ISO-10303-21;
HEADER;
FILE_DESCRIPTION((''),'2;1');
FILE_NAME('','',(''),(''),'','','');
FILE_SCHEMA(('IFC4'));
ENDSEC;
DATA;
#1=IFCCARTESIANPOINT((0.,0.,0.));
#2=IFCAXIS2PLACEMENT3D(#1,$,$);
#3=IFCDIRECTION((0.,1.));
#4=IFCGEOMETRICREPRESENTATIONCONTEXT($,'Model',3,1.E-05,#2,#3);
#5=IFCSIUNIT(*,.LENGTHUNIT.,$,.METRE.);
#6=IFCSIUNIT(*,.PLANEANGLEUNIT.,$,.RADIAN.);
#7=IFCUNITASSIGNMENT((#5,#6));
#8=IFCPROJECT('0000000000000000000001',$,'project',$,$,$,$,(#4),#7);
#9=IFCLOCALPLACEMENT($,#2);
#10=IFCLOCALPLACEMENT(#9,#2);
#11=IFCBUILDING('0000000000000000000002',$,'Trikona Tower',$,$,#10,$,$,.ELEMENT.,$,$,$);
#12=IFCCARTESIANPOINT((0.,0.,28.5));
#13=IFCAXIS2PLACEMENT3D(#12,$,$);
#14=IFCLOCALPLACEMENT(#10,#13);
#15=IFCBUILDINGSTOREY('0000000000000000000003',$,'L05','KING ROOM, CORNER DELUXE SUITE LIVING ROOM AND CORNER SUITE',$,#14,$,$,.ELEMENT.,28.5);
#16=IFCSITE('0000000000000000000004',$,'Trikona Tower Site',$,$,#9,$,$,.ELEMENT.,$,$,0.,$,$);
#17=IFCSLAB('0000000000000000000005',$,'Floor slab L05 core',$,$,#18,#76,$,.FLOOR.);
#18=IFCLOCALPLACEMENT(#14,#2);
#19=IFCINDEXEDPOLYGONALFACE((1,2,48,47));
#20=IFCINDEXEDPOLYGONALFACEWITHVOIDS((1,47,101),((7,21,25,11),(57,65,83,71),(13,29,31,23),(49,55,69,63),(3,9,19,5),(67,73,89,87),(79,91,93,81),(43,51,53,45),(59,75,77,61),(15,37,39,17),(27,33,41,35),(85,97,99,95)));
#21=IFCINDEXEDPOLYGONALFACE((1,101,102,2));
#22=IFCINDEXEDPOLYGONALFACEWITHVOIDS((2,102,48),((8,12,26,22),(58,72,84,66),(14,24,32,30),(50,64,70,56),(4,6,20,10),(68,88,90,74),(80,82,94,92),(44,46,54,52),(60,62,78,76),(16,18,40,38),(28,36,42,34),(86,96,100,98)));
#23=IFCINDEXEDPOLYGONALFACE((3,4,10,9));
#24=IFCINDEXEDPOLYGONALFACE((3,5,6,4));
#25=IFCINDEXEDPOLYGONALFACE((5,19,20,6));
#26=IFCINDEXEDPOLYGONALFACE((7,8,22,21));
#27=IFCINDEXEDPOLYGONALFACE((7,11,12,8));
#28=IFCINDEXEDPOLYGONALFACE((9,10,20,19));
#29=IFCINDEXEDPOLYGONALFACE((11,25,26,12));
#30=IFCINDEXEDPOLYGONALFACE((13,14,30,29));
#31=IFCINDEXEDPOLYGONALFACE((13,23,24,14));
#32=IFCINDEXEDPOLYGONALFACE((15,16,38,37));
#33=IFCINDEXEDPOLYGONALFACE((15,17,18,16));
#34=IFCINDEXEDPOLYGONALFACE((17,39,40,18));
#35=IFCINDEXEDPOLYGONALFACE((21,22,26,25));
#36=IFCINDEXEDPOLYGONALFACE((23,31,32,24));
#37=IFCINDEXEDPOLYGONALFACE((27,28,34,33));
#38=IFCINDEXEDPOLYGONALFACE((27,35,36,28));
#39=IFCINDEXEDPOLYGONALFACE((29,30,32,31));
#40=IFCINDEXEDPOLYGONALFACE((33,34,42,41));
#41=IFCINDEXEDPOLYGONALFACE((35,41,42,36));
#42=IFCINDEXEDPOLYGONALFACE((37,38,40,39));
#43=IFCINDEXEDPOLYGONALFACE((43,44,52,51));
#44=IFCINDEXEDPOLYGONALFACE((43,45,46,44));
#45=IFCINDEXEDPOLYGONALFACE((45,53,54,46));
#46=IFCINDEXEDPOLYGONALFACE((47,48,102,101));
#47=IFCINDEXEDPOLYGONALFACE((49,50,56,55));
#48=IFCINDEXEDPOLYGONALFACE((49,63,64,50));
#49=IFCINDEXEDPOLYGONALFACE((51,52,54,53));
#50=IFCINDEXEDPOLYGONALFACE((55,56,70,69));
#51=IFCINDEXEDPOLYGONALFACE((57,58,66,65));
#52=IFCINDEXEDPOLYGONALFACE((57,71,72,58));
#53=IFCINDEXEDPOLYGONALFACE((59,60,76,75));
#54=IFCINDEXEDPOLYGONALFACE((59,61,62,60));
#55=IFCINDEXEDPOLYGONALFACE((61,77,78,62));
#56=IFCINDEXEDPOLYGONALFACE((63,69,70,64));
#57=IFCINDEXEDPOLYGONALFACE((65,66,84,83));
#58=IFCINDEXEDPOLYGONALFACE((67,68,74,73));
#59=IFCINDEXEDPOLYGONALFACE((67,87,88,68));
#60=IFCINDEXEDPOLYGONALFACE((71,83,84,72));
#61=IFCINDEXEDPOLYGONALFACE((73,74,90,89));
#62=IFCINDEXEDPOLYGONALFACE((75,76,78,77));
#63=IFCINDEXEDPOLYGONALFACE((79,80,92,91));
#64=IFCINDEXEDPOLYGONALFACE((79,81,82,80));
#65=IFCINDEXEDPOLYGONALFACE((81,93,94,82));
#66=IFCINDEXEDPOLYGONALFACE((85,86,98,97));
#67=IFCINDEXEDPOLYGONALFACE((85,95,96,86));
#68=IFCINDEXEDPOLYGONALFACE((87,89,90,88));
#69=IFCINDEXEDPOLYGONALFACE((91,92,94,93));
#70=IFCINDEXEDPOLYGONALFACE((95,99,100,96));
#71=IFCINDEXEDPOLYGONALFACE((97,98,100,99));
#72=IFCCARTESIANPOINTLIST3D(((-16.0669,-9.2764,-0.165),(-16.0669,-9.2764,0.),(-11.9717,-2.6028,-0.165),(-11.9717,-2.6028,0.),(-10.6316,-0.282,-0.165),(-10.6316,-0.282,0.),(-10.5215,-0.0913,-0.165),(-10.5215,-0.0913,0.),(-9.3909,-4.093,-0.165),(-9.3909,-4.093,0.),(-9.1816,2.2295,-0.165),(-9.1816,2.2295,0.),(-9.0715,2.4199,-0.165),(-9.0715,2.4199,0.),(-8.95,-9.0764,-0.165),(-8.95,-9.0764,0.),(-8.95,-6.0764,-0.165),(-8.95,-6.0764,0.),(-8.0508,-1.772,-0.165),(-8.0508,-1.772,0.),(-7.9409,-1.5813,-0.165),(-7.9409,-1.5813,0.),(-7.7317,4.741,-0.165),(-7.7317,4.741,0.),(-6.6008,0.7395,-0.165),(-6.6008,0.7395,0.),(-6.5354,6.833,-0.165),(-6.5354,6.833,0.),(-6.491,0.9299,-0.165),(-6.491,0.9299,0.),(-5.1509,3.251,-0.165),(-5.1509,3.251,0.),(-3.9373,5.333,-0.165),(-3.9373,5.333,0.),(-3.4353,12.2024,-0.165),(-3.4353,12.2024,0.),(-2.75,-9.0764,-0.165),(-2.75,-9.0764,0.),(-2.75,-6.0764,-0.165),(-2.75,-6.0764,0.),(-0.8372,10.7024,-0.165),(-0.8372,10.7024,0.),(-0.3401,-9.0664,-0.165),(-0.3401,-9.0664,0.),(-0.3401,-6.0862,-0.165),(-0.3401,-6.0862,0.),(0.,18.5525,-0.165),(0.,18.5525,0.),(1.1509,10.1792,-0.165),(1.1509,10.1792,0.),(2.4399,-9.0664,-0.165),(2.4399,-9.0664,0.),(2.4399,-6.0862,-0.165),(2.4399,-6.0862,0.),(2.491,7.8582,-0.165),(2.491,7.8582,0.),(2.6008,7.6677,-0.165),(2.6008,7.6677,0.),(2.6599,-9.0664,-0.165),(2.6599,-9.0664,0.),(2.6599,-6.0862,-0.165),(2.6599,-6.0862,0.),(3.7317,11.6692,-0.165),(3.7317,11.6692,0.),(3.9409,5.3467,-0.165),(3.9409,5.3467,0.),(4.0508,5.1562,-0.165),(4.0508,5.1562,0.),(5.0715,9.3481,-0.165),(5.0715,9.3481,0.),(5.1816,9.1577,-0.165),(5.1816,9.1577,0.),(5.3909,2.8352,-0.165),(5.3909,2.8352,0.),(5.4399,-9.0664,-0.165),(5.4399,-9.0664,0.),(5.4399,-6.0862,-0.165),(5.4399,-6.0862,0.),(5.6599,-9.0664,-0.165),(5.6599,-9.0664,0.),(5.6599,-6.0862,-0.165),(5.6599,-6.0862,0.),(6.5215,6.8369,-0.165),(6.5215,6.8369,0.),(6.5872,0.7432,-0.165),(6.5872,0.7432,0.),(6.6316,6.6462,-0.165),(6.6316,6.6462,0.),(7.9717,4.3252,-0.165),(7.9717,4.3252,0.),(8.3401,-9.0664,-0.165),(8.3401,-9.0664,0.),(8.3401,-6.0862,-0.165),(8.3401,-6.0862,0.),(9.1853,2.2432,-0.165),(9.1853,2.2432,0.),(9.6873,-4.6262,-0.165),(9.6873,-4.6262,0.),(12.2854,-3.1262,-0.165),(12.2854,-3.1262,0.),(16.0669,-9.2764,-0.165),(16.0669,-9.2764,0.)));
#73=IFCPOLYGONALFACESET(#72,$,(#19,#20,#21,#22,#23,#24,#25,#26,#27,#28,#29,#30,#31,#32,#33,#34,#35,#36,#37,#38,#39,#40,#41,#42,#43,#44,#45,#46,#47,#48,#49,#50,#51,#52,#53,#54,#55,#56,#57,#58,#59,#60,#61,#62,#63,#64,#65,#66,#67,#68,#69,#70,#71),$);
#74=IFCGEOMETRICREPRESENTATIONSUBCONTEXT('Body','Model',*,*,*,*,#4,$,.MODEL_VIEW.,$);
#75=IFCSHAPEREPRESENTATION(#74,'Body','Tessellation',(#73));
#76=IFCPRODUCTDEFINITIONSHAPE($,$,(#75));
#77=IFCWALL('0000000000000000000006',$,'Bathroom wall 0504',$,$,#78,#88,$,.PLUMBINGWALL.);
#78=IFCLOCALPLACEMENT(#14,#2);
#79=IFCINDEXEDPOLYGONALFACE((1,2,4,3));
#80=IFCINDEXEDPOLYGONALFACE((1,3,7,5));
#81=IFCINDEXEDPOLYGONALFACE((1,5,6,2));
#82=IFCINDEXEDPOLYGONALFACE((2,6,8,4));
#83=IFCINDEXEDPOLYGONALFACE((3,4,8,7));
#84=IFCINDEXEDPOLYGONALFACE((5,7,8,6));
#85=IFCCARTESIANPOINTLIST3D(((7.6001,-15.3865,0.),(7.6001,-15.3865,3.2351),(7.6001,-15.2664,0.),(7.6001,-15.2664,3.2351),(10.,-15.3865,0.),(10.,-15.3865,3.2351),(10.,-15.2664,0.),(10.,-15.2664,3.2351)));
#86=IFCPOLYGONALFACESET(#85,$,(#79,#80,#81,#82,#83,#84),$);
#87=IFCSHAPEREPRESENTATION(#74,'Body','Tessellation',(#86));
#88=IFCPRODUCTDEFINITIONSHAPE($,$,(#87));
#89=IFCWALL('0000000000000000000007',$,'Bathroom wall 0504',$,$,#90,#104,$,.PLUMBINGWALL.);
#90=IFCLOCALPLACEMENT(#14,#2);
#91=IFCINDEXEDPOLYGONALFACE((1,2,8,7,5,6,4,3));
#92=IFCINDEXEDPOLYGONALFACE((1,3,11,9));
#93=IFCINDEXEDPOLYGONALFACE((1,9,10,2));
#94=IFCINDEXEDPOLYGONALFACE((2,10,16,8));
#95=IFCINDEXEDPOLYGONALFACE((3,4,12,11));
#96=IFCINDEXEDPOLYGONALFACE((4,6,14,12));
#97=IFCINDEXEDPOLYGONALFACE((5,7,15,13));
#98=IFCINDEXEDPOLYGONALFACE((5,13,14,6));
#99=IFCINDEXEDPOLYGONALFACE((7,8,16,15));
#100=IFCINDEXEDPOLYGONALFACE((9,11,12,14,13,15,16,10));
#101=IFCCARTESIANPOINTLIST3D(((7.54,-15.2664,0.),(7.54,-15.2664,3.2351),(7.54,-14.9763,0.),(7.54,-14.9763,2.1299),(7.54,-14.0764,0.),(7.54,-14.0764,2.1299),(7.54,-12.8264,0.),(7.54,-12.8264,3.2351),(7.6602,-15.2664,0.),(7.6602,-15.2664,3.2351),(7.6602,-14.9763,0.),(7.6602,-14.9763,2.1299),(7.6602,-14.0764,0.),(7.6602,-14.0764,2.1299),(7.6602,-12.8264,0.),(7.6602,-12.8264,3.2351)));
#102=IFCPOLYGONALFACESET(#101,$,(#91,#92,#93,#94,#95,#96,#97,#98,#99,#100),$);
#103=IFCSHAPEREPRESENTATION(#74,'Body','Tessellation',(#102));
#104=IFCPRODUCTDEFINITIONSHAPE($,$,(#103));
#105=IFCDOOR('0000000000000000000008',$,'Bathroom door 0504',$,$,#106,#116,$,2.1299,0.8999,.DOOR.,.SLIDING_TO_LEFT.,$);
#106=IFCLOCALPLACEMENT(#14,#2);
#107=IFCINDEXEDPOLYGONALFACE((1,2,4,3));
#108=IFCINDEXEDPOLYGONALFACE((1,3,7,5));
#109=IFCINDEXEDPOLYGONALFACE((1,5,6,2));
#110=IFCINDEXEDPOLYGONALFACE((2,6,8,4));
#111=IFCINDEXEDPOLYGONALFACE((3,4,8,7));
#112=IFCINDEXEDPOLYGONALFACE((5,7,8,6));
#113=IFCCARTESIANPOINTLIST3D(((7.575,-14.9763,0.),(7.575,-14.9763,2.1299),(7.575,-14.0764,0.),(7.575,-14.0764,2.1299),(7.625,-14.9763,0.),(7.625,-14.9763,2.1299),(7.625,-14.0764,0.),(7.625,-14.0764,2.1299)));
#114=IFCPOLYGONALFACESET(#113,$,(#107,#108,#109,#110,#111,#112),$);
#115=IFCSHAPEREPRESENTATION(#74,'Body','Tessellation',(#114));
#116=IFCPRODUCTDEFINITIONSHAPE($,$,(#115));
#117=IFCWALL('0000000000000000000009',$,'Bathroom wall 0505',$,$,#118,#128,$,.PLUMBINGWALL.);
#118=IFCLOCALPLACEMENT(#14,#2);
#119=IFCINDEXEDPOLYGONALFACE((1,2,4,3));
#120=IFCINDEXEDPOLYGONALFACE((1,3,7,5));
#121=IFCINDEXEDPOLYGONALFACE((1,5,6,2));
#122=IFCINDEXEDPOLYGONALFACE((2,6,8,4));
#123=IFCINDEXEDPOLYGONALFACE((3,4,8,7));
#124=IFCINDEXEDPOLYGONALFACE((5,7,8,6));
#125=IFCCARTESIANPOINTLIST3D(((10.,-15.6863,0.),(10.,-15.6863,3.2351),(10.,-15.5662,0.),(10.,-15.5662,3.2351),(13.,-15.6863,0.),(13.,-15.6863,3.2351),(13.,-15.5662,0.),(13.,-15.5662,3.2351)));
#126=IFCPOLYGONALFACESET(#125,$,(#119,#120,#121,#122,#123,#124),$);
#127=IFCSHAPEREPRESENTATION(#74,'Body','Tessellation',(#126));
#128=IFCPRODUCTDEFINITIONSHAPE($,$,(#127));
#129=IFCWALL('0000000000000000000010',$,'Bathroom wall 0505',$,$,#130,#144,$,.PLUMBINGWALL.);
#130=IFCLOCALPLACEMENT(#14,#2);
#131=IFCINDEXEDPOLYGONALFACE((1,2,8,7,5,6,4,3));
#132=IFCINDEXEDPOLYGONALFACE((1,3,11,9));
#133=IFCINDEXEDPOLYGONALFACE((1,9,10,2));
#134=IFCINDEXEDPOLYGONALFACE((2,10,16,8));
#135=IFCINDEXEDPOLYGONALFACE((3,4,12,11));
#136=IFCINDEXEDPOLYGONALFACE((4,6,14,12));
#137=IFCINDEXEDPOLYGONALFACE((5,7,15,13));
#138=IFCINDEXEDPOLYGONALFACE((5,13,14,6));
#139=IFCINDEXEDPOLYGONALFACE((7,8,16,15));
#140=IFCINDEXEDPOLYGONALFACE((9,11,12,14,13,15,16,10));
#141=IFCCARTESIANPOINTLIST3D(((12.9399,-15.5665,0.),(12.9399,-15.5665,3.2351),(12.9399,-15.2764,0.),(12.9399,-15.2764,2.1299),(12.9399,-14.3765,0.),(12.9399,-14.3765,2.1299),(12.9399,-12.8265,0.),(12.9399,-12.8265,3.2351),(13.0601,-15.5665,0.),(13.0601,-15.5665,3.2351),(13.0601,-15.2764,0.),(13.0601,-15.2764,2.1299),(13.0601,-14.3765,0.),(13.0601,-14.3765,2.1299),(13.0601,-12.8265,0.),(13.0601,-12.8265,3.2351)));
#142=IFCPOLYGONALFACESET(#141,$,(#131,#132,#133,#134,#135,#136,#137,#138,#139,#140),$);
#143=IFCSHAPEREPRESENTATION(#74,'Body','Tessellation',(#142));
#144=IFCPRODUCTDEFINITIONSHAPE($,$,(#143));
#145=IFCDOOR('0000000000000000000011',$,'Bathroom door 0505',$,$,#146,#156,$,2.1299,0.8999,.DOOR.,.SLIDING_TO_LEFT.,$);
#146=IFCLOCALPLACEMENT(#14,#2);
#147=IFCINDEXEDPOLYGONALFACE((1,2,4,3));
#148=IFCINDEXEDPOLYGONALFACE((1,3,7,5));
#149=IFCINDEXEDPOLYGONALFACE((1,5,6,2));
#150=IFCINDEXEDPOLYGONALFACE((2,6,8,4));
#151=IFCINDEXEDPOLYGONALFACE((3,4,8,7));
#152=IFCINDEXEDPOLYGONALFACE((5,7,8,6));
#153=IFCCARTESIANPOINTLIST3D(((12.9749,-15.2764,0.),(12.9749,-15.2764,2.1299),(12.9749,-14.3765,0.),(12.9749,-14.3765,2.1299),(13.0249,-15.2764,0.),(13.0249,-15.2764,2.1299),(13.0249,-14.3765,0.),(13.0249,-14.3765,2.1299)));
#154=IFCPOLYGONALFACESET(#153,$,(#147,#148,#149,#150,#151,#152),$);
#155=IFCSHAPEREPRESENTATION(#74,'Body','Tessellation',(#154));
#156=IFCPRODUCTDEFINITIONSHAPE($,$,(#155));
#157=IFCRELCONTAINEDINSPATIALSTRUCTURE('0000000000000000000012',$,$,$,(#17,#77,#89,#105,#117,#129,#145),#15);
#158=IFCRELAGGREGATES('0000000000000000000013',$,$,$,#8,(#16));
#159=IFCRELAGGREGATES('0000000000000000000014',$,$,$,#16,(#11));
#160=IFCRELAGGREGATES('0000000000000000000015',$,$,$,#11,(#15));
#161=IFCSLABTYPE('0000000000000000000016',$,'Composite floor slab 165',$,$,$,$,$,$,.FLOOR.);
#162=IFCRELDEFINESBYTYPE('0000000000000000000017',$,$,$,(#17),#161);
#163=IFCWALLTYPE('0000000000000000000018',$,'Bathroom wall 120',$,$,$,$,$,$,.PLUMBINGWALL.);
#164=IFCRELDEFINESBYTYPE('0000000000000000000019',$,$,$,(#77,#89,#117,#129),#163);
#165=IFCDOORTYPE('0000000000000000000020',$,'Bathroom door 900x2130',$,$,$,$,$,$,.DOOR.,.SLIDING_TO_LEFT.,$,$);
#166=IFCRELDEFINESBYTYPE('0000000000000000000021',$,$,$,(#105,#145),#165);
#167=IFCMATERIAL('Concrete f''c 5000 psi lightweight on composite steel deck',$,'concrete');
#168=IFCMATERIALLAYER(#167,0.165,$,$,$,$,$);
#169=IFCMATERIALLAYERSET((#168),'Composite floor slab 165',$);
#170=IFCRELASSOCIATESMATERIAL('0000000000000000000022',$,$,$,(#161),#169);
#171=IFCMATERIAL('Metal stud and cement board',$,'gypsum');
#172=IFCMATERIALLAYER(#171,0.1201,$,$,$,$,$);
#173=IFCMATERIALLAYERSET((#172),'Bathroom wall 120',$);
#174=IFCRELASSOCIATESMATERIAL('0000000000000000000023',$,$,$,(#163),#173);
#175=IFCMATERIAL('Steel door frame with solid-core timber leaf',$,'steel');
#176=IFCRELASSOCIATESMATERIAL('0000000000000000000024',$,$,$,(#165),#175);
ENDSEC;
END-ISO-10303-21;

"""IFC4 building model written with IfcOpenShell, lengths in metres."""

from ifc_helpers import new_model, si_unit, direction, frame, frame_2d, origin, place, context, subcontext, project, spatial, polyline, rectangle, outline, extrude, material, layer, layer_set, type_object, element, fill, save


model = new_model("IFC4")

# Units and contexts
model_context = context("Model", 3, precision=1e-05, world=origin(), true_north=direction((0.0, 1.0)))
body_context = subcontext(model_context, "Body", "Model", "MODEL_VIEW")
ifc_project = project(units=[si_unit("LENGTHUNIT", "METRE"), si_unit("PLANEANGLEUNIT", "RADIAN")], contexts=[model_context])

# Site, building, storey
site_placement = place(None, origin())
site = spatial("IfcSite", under=ifc_project, at=site_placement, Name="Trikona Tower Site", CompositionType="ELEMENT", RefElevation=0.0)
building_placement = place(site_placement, origin())
building = spatial("IfcBuilding", under=site, at=building_placement, Name="Trikona Tower", CompositionType="ELEMENT")
storey_placement = place(building_placement, frame((0.0, 0.0, 28.5)))
storey = spatial("IfcBuildingStorey", under=building, at=storey_placement, Name="L05", Description="KING ROOM, CORNER DELUXE SUITE LIVING ROOM AND CORNER SUITE", CompositionType="ELEMENT", Elevation=28.5)

# Slab
ifc_material_1 = material(Name="Concrete f'c 5000 psi lightweight on composite steel deck", Category="concrete")
ifc_layer_1 = layer(ifc_material_1, 0.165)
ifc_layer_set_1 = layer_set([ifc_layer_1], Name="Composite floor slab 165")
slab_type = type_object("IfcSlabType", Name="Composite floor slab 165", PredefinedType="FLOOR", material=ifc_layer_set_1)
slab_placement = place(storey_placement, frame((0.0, 0.0, -0.165)))
element("IfcSlab", 1, at=slab_placement, inside=storey, type_object=slab_type, Name="Floor slab L05 core", PredefinedType="FLOOR", context=body_context, shape_type="SweptSolid", body=[
    extrude(outline(polyline([(-16.0669, -9.2764), (16.0669, -9.2764), (0.0, 18.5525), (-16.0669, -9.2764)]), holes=[polyline([(12.2854, -3.1262), (9.1853, 2.2432), (6.5872, 0.7432), (9.6873, -4.6262), (12.2854, -3.1262)]), polyline([(8.3401, -9.0664), (8.3401, -6.0862), (5.6599, -6.0862), (5.6599, -9.0664), (8.3401, -9.0664)]), polyline([(5.3909, 2.8352), (7.9717, 4.3252), (6.6316, 6.6462), (4.0508, 5.1562), (5.3909, 2.8352)]), polyline([(2.6008, 7.6677), (3.9409, 5.3467), (6.5215, 6.8369), (5.1816, 9.1577), (2.6008, 7.6677)]), polyline([(5.4399, -6.0862), (2.6599, -6.0862), (2.6599, -9.0664), (5.4399, -9.0664), (5.4399, -6.0862)]), polyline([(3.7317, 11.6692), (1.1509, 10.1792), (2.491, 7.8582), (5.0715, 9.3481), (3.7317, 11.6692)]), polyline([(-0.3401, -6.0862), (-0.3401, -9.0664), (2.4399, -9.0664), (2.4399, -6.0862), (-0.3401, -6.0862)]), polyline([(-3.4353, 12.2024), (-6.5354, 6.833), (-3.9373, 5.333), (-0.8372, 10.7024), (-3.4353, 12.2024)]), polyline([(-8.95, -9.0764), (-2.75, -9.0764), (-2.75, -6.0764), (-8.95, -6.0764), (-8.95, -9.0764)]), polyline([(-5.1509, 3.251), (-7.7317, 4.741), (-9.0715, 2.4199), (-6.491, 0.9299), (-5.1509, 3.251)]), polyline([(-7.9409, -1.5813), (-6.6008, 0.7395), (-9.1816, 2.2295), (-10.5215, -0.0913), (-7.9409, -1.5813)]), polyline([(-11.9717, -2.6028), (-9.3909, -4.093), (-8.0508, -1.772), (-10.6316, -0.282), (-11.9717, -2.6028)])]), origin(), (0.0, 0.0, 1.0), 0.165),
])

# Wall
ifc_material_2 = material(Name="Metal stud and cement board", Category="gypsum")
ifc_layer_2 = layer(ifc_material_2, 0.1201)
ifc_layer_set_2 = layer_set([ifc_layer_2], Name="Bathroom wall 120")
wall_type_1 = type_object("IfcWallType", Name="Bathroom wall 120", PredefinedType="PLUMBINGWALL", material=ifc_layer_set_2)
wall_1_placement = place(storey_placement, frame((7.6001, -15.3264, 0.0), z_axis=(0.0, 0.0, 1.0), x_axis=(1.0, 0.0, 0.0)))
element("IfcWall", 2, at=wall_1_placement, inside=storey, type_object=wall_type_1, Name="Bathroom wall 0504", PredefinedType="PLUMBINGWALL", context=body_context, shape_type="SweptSolid", body=[
    extrude(rectangle(XDim=2.3999, YDim=0.1201, at=frame_2d((1.2, 0.0))), origin(), (0.0, 0.0, 1.0), 3.2351),
])

# Wall, opening, door
wall_2_placement = place(storey_placement, frame((7.6001, -12.8264, 0.0), z_axis=(0.0, 0.0, 1.0), x_axis=(0.0, -1.0, 0.0)))
wall_2 = element("IfcWall", 3, at=wall_2_placement, inside=storey, type_object=wall_type_1, Name="Bathroom wall 0504", PredefinedType="PLUMBINGWALL", context=body_context, shape_type="SweptSolid", body=[
    extrude(rectangle(XDim=2.4399, YDim=0.1201, at=frame_2d((1.22, 0.0))), origin(), (0.0, 0.0, 1.0), 3.2351),
])
opening_1_placement = place(wall_2_placement, frame((1.25, 0.0, 0.0)))
opening_1 = element("IfcOpeningElement", 4, at=opening_1_placement, cuts=wall_2, PredefinedType="OPENING", context=body_context, shape_type="SweptSolid", body=[
    extrude(rectangle(XDim=0.8999, YDim=2.1299, at=frame_2d((0.45, 1.0649))), frame((0.0, 0.0701, 0.0), z_axis=(0.0, -1.0, 0.0), x_axis=(1.0, 0.0, 0.0)), (0.0, 0.0, 1.0), 0.1401),
])
ifc_material_3 = material(Name="Steel door frame with solid-core timber leaf", Category="steel")
door_type = type_object("IfcDoorType", Name="Bathroom door 900x2130", OperationType="SLIDING_TO_LEFT", PredefinedType="DOOR", material=ifc_material_3)
door_1_placement = place(opening_1_placement, origin())
door_1 = element("IfcDoor", 5, at=door_1_placement, inside=storey, type_object=door_type, Name="Bathroom door 0504", OperationType="SLIDING_TO_LEFT", OverallHeight=2.1299, OverallWidth=0.8999, PredefinedType="DOOR", context=body_context, shape_type="SweptSolid", body=[
    extrude(rectangle(XDim=0.8999, YDim=2.1299, at=frame_2d((0.45, 1.0649))), frame((0.0, 0.0249, 0.0), z_axis=(0.0, -1.0, 0.0), x_axis=(1.0, 0.0, 0.0)), (0.0, 0.0, 1.0), 0.05),
])
fill(opening_1, door_1)

# Wall
wall_3_placement = place(storey_placement, frame((10.0, -15.6262, 0.0), z_axis=(0.0, 0.0, 1.0), x_axis=(1.0, 0.0, 0.0)))
element("IfcWall", 6, at=wall_3_placement, inside=storey, type_object=wall_type_1, Name="Bathroom wall 0505", PredefinedType="PLUMBINGWALL", context=body_context, shape_type="SweptSolid", body=[
    extrude(rectangle(XDim=3.0, YDim=0.1201, at=frame_2d((1.5, 0.0))), origin(), (0.0, 0.0, 1.0), 3.2351),
])

# Wall, opening, door
wall_4_placement = place(storey_placement, frame((13.0, -12.8264, 0.0), z_axis=(0.0, 0.0, 1.0), x_axis=(0.0, -1.0, 0.0)))
wall_4 = element("IfcWall", 7, at=wall_4_placement, inside=storey, type_object=wall_type_1, Name="Bathroom wall 0505", PredefinedType="PLUMBINGWALL", context=body_context, shape_type="SweptSolid", body=[
    extrude(rectangle(XDim=2.74, YDim=0.1201, at=frame_2d((1.3701, 0.0))), origin(), (0.0, 0.0, 1.0), 3.2351),
])
opening_2_placement = place(wall_4_placement, frame((1.55, 0.0, 0.0)))
opening_2 = element("IfcOpeningElement", 8, at=opening_2_placement, cuts=wall_4, PredefinedType="OPENING", context=body_context, shape_type="SweptSolid", body=[
    extrude(rectangle(XDim=0.8999, YDim=2.1299, at=frame_2d((0.45, 1.0649))), frame((0.0, 0.0701, 0.0), z_axis=(0.0, -1.0, 0.0), x_axis=(1.0, 0.0, 0.0)), (0.0, 0.0, 1.0), 0.1401),
])
door_2_placement = place(opening_2_placement, origin())
door_2 = element("IfcDoor", 9, at=door_2_placement, inside=storey, type_object=door_type, Name="Bathroom door 0505", OperationType="SLIDING_TO_LEFT", OverallHeight=2.1299, OverallWidth=0.8999, PredefinedType="DOOR", context=body_context, shape_type="SweptSolid", body=[
    extrude(rectangle(XDim=0.8999, YDim=2.1299, at=frame_2d((0.45, 1.0649))), frame((0.0, 0.0249, 0.0), z_axis=(0.0, -1.0, 0.0), x_axis=(1.0, 0.0, 0.0)), (0.0, 0.0, 1.0), 0.05),
])
fill(opening_2, door_2)

save(model, "model.ifc")
